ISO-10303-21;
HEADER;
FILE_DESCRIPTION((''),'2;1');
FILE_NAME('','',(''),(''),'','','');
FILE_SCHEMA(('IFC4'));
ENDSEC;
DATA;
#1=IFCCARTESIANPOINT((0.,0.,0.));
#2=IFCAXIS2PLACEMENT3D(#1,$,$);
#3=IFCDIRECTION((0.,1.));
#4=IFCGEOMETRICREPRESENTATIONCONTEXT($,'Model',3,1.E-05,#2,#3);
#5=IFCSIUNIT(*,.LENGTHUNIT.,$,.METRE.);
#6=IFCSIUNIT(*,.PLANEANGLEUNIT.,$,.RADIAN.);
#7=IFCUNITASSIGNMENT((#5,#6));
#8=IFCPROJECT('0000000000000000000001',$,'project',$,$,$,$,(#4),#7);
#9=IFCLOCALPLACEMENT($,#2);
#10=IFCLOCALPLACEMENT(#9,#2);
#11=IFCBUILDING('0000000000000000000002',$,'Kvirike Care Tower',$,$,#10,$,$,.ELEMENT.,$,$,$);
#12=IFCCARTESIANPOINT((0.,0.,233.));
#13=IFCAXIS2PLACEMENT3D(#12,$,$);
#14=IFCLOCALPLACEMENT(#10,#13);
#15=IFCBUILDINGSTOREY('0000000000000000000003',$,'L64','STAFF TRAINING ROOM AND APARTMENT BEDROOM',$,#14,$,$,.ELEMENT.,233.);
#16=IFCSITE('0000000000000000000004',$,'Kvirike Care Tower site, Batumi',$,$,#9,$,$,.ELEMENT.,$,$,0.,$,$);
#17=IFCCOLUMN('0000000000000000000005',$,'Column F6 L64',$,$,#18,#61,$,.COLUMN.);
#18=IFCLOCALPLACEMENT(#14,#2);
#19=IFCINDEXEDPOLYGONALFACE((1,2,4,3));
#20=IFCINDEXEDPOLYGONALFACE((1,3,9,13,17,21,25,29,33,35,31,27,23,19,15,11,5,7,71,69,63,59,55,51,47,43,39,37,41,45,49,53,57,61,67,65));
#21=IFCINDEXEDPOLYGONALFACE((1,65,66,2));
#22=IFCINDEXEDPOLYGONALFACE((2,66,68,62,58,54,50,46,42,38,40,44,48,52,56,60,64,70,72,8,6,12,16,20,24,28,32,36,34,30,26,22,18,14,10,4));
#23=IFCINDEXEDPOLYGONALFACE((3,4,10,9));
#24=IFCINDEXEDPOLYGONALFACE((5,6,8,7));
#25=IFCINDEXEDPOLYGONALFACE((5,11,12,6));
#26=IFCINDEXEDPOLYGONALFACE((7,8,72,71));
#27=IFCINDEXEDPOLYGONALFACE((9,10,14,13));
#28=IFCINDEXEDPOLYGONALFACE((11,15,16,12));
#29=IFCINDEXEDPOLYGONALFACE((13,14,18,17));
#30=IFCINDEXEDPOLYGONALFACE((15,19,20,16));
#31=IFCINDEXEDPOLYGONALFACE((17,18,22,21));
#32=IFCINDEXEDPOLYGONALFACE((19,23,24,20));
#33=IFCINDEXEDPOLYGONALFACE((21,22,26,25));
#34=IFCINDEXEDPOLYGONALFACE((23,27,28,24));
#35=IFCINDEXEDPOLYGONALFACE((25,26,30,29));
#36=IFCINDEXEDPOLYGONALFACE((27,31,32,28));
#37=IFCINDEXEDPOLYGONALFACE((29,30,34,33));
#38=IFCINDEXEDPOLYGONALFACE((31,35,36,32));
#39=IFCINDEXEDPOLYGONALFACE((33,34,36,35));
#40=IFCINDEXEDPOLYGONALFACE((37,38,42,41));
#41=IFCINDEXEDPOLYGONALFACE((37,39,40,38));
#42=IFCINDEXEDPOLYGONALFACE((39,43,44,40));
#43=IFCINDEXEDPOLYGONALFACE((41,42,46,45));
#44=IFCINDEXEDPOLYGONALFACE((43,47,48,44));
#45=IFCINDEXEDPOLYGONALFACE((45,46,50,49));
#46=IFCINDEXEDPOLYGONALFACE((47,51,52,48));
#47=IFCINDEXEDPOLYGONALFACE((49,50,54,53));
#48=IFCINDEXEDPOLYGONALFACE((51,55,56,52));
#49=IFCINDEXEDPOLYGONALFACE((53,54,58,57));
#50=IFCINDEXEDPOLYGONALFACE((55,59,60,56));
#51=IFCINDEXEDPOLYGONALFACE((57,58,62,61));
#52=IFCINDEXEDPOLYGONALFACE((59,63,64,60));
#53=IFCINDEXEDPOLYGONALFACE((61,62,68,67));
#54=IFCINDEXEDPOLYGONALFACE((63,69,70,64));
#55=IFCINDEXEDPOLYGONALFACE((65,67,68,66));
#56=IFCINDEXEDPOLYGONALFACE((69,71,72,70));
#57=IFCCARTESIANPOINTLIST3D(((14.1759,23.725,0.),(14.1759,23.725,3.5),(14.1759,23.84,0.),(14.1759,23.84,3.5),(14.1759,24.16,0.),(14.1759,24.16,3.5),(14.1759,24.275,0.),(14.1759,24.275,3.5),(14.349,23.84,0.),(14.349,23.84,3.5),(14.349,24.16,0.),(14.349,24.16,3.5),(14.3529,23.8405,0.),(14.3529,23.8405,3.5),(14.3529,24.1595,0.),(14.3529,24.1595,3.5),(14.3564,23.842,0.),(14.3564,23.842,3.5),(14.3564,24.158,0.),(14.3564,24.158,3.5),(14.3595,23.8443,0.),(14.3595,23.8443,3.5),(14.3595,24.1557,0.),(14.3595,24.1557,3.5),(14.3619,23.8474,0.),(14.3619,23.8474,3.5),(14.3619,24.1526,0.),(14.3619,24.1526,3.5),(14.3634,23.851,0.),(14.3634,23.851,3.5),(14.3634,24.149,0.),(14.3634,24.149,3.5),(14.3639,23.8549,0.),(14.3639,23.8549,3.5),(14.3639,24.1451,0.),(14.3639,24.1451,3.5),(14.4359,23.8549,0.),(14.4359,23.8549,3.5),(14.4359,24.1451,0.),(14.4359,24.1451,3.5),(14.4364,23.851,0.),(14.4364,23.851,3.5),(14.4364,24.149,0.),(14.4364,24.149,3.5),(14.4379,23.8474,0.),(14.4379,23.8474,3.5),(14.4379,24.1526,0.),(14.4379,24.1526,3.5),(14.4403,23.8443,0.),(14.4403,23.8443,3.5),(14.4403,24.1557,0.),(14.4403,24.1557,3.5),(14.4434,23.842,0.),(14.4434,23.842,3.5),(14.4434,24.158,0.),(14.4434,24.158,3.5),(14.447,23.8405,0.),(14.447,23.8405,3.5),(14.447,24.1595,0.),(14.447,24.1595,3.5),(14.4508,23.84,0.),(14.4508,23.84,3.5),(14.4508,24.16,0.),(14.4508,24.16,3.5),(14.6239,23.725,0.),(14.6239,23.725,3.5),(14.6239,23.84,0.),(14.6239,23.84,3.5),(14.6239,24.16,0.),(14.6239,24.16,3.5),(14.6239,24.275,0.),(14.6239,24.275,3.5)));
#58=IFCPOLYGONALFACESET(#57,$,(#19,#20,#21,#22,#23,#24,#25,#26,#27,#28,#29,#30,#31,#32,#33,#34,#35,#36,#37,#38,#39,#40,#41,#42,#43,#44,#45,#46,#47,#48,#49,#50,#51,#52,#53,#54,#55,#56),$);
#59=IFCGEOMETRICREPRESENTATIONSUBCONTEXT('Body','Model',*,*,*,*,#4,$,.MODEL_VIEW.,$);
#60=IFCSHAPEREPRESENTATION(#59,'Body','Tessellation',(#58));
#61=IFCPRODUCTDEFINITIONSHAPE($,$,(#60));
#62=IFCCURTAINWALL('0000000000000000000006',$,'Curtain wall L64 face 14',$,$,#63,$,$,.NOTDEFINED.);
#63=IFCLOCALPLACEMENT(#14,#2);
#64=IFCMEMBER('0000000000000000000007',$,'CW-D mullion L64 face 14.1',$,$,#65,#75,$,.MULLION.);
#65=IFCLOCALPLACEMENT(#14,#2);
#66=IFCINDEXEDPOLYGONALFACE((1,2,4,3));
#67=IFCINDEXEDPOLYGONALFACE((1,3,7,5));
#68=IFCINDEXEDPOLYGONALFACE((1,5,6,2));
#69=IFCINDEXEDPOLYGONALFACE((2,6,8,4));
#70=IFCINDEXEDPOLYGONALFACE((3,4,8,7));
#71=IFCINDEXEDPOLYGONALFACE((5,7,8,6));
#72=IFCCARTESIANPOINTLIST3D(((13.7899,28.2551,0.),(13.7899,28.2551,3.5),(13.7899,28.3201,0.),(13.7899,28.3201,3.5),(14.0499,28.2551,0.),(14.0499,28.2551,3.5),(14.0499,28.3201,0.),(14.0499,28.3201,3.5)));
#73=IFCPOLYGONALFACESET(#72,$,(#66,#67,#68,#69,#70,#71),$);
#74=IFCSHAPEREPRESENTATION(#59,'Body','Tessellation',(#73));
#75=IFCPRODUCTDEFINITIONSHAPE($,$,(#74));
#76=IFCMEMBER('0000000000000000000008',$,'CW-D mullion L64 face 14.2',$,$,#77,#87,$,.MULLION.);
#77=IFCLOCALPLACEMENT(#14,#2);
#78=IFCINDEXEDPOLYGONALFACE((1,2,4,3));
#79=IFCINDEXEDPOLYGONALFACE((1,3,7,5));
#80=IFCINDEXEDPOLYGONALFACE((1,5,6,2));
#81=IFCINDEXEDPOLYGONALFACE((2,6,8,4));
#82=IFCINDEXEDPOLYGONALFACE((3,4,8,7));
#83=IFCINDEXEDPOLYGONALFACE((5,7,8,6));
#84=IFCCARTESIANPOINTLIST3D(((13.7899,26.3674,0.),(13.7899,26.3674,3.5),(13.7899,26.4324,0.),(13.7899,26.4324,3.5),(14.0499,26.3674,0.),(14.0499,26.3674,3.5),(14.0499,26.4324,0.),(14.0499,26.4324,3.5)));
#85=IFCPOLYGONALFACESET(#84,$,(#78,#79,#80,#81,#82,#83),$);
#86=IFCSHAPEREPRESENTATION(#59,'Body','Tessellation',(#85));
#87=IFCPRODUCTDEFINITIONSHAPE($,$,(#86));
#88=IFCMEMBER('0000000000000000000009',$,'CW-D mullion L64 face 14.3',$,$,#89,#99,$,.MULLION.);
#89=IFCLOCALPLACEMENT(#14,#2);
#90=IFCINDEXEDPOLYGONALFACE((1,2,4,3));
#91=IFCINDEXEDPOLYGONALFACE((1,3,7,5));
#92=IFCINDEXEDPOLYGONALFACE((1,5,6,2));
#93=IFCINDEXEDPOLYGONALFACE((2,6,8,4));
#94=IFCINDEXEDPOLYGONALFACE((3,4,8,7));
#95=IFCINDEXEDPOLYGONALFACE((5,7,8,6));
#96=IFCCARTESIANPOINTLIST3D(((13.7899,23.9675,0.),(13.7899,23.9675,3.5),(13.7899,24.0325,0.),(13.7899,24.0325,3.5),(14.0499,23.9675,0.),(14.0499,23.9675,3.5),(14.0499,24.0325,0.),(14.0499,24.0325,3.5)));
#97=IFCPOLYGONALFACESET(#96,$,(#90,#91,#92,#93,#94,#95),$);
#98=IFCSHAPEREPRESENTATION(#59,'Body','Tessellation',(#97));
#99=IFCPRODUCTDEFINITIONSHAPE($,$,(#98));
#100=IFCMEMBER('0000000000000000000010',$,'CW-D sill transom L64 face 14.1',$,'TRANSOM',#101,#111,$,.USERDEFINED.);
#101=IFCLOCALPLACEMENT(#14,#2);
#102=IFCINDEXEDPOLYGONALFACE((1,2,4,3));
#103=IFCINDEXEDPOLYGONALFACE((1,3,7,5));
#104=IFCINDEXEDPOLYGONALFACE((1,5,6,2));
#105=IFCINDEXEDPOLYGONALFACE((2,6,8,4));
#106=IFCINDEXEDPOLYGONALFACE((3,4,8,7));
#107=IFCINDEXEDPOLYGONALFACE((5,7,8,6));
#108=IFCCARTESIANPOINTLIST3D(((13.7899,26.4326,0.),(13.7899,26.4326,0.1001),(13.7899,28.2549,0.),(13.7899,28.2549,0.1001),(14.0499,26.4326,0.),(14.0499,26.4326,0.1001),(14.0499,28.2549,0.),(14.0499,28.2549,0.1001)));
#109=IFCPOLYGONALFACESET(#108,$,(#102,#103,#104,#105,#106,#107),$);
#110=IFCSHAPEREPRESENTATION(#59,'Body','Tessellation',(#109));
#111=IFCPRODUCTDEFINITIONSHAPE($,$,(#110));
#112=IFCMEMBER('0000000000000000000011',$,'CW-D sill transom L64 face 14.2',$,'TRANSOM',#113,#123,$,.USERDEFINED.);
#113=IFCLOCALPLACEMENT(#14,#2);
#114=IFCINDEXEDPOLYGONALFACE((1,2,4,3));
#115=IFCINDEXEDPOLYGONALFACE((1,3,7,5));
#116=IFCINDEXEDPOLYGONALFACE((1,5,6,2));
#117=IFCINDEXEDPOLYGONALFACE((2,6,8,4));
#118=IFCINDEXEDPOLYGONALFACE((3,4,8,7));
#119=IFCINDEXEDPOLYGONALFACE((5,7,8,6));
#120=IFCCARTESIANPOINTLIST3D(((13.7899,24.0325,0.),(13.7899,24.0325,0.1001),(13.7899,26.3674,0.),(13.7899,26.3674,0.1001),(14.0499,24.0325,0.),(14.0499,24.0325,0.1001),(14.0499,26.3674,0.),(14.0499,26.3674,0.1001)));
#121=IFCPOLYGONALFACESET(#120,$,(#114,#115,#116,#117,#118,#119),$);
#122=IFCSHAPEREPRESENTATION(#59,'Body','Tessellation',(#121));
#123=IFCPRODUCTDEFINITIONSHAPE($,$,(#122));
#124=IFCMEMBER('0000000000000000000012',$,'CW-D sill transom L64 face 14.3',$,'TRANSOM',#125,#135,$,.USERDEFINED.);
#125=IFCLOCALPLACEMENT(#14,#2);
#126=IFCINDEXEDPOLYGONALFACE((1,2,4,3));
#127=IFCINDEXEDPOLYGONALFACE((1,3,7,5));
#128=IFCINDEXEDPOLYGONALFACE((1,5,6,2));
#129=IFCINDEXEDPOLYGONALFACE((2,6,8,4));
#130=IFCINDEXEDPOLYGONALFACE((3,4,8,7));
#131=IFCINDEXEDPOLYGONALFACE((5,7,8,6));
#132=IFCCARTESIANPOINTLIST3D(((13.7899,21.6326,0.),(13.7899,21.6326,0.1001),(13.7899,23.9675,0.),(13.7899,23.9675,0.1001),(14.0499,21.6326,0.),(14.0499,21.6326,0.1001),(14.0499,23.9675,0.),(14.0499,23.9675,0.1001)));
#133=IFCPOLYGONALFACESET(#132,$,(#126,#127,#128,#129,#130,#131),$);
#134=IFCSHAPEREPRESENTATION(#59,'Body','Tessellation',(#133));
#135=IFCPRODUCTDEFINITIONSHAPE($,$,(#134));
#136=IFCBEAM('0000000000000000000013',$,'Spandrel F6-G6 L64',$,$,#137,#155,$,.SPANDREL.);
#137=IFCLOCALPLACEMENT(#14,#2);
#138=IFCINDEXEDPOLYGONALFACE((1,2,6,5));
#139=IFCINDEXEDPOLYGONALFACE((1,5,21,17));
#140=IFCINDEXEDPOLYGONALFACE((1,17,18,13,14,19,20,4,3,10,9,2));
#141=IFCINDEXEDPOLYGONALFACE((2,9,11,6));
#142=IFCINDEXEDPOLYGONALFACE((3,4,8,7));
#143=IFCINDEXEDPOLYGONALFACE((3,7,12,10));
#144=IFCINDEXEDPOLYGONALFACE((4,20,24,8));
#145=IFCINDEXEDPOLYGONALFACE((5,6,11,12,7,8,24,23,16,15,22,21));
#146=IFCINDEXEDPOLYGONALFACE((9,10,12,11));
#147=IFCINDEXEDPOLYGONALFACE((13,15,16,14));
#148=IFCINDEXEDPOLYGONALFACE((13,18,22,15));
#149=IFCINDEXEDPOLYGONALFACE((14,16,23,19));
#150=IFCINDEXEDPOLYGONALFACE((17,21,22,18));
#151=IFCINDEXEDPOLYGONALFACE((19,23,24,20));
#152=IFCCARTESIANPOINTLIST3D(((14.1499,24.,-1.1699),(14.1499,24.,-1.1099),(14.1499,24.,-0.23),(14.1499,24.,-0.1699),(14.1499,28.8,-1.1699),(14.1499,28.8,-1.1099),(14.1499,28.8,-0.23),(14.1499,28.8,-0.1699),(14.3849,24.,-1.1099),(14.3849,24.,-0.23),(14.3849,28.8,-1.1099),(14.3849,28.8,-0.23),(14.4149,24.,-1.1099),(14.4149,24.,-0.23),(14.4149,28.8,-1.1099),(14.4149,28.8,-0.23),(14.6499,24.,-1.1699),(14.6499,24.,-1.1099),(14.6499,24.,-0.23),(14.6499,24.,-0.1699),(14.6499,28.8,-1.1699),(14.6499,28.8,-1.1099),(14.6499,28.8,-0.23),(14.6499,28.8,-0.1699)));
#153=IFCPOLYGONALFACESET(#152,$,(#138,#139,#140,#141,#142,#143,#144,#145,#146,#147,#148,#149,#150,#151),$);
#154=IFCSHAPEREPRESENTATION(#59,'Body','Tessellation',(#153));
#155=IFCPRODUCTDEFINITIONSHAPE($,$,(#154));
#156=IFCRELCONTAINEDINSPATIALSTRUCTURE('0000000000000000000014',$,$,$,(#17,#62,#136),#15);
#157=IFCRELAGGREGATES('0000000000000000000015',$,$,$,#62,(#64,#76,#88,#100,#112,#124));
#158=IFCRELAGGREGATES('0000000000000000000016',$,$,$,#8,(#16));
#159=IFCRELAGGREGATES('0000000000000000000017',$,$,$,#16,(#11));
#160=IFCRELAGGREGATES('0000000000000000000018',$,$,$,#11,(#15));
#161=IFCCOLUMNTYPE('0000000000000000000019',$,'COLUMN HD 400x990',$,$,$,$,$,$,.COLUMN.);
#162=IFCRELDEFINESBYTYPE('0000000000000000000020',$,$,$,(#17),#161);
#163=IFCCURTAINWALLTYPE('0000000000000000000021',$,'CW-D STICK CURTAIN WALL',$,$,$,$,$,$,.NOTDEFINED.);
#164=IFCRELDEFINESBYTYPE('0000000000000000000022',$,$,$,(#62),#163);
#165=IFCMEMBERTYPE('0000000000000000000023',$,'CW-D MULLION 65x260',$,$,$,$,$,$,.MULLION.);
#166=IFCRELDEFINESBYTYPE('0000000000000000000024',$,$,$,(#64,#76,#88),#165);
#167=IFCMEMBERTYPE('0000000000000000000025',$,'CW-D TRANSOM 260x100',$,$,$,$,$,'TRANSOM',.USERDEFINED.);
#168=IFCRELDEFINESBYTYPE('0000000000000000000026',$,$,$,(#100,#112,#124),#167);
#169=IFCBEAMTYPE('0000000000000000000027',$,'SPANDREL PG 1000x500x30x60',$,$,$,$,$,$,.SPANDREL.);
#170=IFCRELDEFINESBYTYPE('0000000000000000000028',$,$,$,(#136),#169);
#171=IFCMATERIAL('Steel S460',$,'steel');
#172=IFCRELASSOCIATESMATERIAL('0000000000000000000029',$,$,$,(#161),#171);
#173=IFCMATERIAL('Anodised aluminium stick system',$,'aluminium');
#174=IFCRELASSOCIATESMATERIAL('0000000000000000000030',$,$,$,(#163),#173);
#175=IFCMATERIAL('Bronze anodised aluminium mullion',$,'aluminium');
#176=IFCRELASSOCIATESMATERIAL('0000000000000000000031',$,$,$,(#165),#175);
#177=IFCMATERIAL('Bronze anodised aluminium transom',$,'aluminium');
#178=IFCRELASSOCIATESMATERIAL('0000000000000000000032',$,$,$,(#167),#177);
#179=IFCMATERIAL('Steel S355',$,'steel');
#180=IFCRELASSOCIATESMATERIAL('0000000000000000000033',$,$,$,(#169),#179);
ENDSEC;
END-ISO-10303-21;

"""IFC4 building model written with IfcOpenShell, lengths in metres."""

from ifc_helpers import new_model, si_unit, direction, frame, origin, origin_2d, place, context, subcontext, project, spatial, rectangle, i_section, extrude, material, material_profile, profile_set, type_object, element, aggregate, save


model = new_model("IFC4")

# Units and contexts
model_context = context("Model", 3, precision=1e-05, world=origin(), true_north=direction((0.0, 1.0)))
body_context = subcontext(model_context, "Body", "Model", "MODEL_VIEW")
ifc_project = project(units=[si_unit("LENGTHUNIT", "METRE"), si_unit("PLANEANGLEUNIT", "RADIAN")], contexts=[model_context])

# Site, building, storey
site_placement = place(None, origin())
site = spatial("IfcSite", under=ifc_project, at=site_placement, Name="Kvirike Care Tower site, Batumi", CompositionType="ELEMENT", RefElevation=0.0)
building_placement = place(site_placement, origin())
building = spatial("IfcBuilding", under=site, at=building_placement, Name="Kvirike Care Tower", CompositionType="ELEMENT")
storey_placement = place(building_placement, frame((0.0, 0.0, 233.0)))
storey = spatial("IfcBuildingStorey", under=building, at=storey_placement, Name="L64", Description="STAFF TRAINING ROOM AND APARTMENT BEDROOM", CompositionType="ELEMENT", Elevation=233.0)

# Column
ifc_material_1 = material(Name="Steel S460", Category="steel")
ifc_material_profile_1 = material_profile(ifc_material_1, i_section(OverallWidth=0.448, OverallDepth=0.55, WebThickness=0.072, FlangeThickness=0.115, FilletRadius=0.0149, at=origin_2d()), Name="HD 400x990")
ifc_profile_set_1 = profile_set([ifc_material_profile_1], Name="Steel S460")
column_type = type_object("IfcColumnType", Name="COLUMN HD 400x990", PredefinedType="COLUMN", material=ifc_profile_set_1)
column_placement = place(storey_placement, frame((14.3999, 24.0, 0.0), z_axis=(0.0, 0.0, 1.0), x_axis=(1.0, 0.0, 0.0)))
element("IfcColumn", 1, at=column_placement, inside=storey, type_object=column_type, Name="Column F6 L64", PredefinedType="COLUMN", context=body_context, shape_type="SweptSolid", body=[
    extrude(i_section(OverallWidth=0.448, OverallDepth=0.55, WebThickness=0.072, FlangeThickness=0.115, FilletRadius=0.0149, at=origin_2d()), origin(), (0.0, 0.0, 1.0), 3.5),
])

# Curtain wall, members
ifc_material_2 = material(Name="Anodised aluminium stick system", Category="aluminium")
curtain_wall_type = type_object("IfcCurtainWallType", Name="CW-D STICK CURTAIN WALL", PredefinedType="NOTDEFINED", material=ifc_material_2)
curtain_wall_placement = place(storey_placement, origin())
curtain_wall = element("IfcCurtainWall", 2, at=curtain_wall_placement, inside=storey, type_object=curtain_wall_type, Name="Curtain wall L64 face 14", PredefinedType="NOTDEFINED")
ifc_material_3 = material(Name="Bronze anodised aluminium mullion", Category="aluminium")
ifc_material_profile_2 = material_profile(ifc_material_3, rectangle(XDim=0.0649, YDim=0.26, at=origin_2d()), Name="CW-D MULLION 65x260")
ifc_profile_set_2 = profile_set([ifc_material_profile_2], Name="Bronze anodised aluminium mullion")
member_type_1 = type_object("IfcMemberType", Name="CW-D MULLION 65x260", PredefinedType="MULLION", material=ifc_profile_set_2)
member_1_placement = place(storey_placement, frame((13.9199, 28.2876, 0.0), z_axis=(0.0, 0.0, 1.0), x_axis=(0.0, -1.0, 0.0)))
member_1 = element("IfcMember", 3, at=member_1_placement, type_object=member_type_1, Name="CW-D mullion L64 face 14.1", PredefinedType="MULLION", context=body_context, shape_type="SweptSolid", body=[
    extrude(rectangle(XDim=0.0649, YDim=0.26, at=origin_2d()), origin(), (0.0, 0.0, 1.0), 3.5),
])
member_2_placement = place(storey_placement, frame((13.9199, 26.3999, 0.0), z_axis=(0.0, 0.0, 1.0), x_axis=(0.0, -1.0, 0.0)))
member_2 = element("IfcMember", 4, at=member_2_placement, type_object=member_type_1, Name="CW-D mullion L64 face 14.2", PredefinedType="MULLION", context=body_context, shape_type="SweptSolid", body=[
    extrude(rectangle(XDim=0.0649, YDim=0.26, at=origin_2d()), origin(), (0.0, 0.0, 1.0), 3.5),
])
member_3_placement = place(storey_placement, frame((13.9199, 24.0, 0.0), z_axis=(0.0, 0.0, 1.0), x_axis=(0.0, -1.0, 0.0)))
member_3 = element("IfcMember", 5, at=member_3_placement, type_object=member_type_1, Name="CW-D mullion L64 face 14.3", PredefinedType="MULLION", context=body_context, shape_type="SweptSolid", body=[
    extrude(rectangle(XDim=0.0649, YDim=0.26, at=origin_2d()), origin(), (0.0, 0.0, 1.0), 3.5),
])
ifc_material_4 = material(Name="Bronze anodised aluminium transom", Category="aluminium")
ifc_material_profile_3 = material_profile(ifc_material_4, rectangle(XDim=0.26, YDim=0.1001, at=origin_2d()), Name="CW-D TRANSOM 260x100")
ifc_profile_set_3 = profile_set([ifc_material_profile_3], Name="Bronze anodised aluminium transom")
member_type_2 = type_object("IfcMemberType", Name="CW-D TRANSOM 260x100", ElementType="TRANSOM", PredefinedType="USERDEFINED", material=ifc_profile_set_3)
member_4_placement = place(storey_placement, frame((13.9199, 28.2549, 0.05), z_axis=(0.0, -1.0, 0.0), x_axis=(1.0, 0.0, 0.0)))
member_4 = element("IfcMember", 6, at=member_4_placement, type_object=member_type_2, Name="CW-D sill transom L64 face 14.1", ObjectType="TRANSOM", PredefinedType="USERDEFINED", context=body_context, shape_type="SweptSolid", body=[
    extrude(rectangle(XDim=0.26, YDim=0.1001, at=origin_2d()), origin(), (0.0, 0.0, 1.0), 1.8223),
])
member_5_placement = place(storey_placement, frame((13.9199, 26.3674, 0.05), z_axis=(0.0, -1.0, 0.0), x_axis=(1.0, 0.0, 0.0)))
member_5 = element("IfcMember", 7, at=member_5_placement, type_object=member_type_2, Name="CW-D sill transom L64 face 14.2", ObjectType="TRANSOM", PredefinedType="USERDEFINED", context=body_context, shape_type="SweptSolid", body=[
    extrude(rectangle(XDim=0.26, YDim=0.1001, at=origin_2d()), origin(), (0.0, 0.0, 1.0), 2.335),
])
member_6_placement = place(storey_placement, frame((13.9199, 23.9675, 0.05), z_axis=(0.0, -1.0, 0.0), x_axis=(1.0, 0.0, 0.0)))
member_6 = element("IfcMember", 8, at=member_6_placement, type_object=member_type_2, Name="CW-D sill transom L64 face 14.3", ObjectType="TRANSOM", PredefinedType="USERDEFINED", context=body_context, shape_type="SweptSolid", body=[
    extrude(rectangle(XDim=0.26, YDim=0.1001, at=origin_2d()), origin(), (0.0, 0.0, 1.0), 2.335),
])

# Beam
ifc_material_5 = material(Name="Steel S355", Category="steel")
ifc_material_profile_4 = material_profile(ifc_material_5, i_section(OverallWidth=0.5, OverallDepth=1.0, WebThickness=0.03, FlangeThickness=0.0601, at=origin_2d()), Name="PG 1000x500x30x60")
ifc_profile_set_4 = profile_set([ifc_material_profile_4], Name="Steel S355")
beam_type_1 = type_object("IfcBeamType", Name="SPANDREL PG 1000x500x30x60", PredefinedType="SPANDREL", material=ifc_profile_set_4)
beam_placement = place(storey_placement, frame((14.3999, 24.0, -0.6699), z_axis=(0.0, 1.0, 0.0), x_axis=(-1.0, 0.0, 0.0)))
element("IfcBeam", 9, at=beam_placement, inside=storey, type_object=beam_type_1, Name="Spandrel F6-G6 L64", PredefinedType="SPANDREL", context=body_context, shape_type="SweptSolid", body=[
    extrude(i_section(OverallWidth=0.5, OverallDepth=1.0, WebThickness=0.03, FlangeThickness=0.0601, at=origin_2d()), origin(), (0.0, 0.0, 1.0), 4.8),
])

aggregate(curtain_wall, [member_1, member_2, member_3, member_4, member_5, member_6])

save(model, "model.ifc")
